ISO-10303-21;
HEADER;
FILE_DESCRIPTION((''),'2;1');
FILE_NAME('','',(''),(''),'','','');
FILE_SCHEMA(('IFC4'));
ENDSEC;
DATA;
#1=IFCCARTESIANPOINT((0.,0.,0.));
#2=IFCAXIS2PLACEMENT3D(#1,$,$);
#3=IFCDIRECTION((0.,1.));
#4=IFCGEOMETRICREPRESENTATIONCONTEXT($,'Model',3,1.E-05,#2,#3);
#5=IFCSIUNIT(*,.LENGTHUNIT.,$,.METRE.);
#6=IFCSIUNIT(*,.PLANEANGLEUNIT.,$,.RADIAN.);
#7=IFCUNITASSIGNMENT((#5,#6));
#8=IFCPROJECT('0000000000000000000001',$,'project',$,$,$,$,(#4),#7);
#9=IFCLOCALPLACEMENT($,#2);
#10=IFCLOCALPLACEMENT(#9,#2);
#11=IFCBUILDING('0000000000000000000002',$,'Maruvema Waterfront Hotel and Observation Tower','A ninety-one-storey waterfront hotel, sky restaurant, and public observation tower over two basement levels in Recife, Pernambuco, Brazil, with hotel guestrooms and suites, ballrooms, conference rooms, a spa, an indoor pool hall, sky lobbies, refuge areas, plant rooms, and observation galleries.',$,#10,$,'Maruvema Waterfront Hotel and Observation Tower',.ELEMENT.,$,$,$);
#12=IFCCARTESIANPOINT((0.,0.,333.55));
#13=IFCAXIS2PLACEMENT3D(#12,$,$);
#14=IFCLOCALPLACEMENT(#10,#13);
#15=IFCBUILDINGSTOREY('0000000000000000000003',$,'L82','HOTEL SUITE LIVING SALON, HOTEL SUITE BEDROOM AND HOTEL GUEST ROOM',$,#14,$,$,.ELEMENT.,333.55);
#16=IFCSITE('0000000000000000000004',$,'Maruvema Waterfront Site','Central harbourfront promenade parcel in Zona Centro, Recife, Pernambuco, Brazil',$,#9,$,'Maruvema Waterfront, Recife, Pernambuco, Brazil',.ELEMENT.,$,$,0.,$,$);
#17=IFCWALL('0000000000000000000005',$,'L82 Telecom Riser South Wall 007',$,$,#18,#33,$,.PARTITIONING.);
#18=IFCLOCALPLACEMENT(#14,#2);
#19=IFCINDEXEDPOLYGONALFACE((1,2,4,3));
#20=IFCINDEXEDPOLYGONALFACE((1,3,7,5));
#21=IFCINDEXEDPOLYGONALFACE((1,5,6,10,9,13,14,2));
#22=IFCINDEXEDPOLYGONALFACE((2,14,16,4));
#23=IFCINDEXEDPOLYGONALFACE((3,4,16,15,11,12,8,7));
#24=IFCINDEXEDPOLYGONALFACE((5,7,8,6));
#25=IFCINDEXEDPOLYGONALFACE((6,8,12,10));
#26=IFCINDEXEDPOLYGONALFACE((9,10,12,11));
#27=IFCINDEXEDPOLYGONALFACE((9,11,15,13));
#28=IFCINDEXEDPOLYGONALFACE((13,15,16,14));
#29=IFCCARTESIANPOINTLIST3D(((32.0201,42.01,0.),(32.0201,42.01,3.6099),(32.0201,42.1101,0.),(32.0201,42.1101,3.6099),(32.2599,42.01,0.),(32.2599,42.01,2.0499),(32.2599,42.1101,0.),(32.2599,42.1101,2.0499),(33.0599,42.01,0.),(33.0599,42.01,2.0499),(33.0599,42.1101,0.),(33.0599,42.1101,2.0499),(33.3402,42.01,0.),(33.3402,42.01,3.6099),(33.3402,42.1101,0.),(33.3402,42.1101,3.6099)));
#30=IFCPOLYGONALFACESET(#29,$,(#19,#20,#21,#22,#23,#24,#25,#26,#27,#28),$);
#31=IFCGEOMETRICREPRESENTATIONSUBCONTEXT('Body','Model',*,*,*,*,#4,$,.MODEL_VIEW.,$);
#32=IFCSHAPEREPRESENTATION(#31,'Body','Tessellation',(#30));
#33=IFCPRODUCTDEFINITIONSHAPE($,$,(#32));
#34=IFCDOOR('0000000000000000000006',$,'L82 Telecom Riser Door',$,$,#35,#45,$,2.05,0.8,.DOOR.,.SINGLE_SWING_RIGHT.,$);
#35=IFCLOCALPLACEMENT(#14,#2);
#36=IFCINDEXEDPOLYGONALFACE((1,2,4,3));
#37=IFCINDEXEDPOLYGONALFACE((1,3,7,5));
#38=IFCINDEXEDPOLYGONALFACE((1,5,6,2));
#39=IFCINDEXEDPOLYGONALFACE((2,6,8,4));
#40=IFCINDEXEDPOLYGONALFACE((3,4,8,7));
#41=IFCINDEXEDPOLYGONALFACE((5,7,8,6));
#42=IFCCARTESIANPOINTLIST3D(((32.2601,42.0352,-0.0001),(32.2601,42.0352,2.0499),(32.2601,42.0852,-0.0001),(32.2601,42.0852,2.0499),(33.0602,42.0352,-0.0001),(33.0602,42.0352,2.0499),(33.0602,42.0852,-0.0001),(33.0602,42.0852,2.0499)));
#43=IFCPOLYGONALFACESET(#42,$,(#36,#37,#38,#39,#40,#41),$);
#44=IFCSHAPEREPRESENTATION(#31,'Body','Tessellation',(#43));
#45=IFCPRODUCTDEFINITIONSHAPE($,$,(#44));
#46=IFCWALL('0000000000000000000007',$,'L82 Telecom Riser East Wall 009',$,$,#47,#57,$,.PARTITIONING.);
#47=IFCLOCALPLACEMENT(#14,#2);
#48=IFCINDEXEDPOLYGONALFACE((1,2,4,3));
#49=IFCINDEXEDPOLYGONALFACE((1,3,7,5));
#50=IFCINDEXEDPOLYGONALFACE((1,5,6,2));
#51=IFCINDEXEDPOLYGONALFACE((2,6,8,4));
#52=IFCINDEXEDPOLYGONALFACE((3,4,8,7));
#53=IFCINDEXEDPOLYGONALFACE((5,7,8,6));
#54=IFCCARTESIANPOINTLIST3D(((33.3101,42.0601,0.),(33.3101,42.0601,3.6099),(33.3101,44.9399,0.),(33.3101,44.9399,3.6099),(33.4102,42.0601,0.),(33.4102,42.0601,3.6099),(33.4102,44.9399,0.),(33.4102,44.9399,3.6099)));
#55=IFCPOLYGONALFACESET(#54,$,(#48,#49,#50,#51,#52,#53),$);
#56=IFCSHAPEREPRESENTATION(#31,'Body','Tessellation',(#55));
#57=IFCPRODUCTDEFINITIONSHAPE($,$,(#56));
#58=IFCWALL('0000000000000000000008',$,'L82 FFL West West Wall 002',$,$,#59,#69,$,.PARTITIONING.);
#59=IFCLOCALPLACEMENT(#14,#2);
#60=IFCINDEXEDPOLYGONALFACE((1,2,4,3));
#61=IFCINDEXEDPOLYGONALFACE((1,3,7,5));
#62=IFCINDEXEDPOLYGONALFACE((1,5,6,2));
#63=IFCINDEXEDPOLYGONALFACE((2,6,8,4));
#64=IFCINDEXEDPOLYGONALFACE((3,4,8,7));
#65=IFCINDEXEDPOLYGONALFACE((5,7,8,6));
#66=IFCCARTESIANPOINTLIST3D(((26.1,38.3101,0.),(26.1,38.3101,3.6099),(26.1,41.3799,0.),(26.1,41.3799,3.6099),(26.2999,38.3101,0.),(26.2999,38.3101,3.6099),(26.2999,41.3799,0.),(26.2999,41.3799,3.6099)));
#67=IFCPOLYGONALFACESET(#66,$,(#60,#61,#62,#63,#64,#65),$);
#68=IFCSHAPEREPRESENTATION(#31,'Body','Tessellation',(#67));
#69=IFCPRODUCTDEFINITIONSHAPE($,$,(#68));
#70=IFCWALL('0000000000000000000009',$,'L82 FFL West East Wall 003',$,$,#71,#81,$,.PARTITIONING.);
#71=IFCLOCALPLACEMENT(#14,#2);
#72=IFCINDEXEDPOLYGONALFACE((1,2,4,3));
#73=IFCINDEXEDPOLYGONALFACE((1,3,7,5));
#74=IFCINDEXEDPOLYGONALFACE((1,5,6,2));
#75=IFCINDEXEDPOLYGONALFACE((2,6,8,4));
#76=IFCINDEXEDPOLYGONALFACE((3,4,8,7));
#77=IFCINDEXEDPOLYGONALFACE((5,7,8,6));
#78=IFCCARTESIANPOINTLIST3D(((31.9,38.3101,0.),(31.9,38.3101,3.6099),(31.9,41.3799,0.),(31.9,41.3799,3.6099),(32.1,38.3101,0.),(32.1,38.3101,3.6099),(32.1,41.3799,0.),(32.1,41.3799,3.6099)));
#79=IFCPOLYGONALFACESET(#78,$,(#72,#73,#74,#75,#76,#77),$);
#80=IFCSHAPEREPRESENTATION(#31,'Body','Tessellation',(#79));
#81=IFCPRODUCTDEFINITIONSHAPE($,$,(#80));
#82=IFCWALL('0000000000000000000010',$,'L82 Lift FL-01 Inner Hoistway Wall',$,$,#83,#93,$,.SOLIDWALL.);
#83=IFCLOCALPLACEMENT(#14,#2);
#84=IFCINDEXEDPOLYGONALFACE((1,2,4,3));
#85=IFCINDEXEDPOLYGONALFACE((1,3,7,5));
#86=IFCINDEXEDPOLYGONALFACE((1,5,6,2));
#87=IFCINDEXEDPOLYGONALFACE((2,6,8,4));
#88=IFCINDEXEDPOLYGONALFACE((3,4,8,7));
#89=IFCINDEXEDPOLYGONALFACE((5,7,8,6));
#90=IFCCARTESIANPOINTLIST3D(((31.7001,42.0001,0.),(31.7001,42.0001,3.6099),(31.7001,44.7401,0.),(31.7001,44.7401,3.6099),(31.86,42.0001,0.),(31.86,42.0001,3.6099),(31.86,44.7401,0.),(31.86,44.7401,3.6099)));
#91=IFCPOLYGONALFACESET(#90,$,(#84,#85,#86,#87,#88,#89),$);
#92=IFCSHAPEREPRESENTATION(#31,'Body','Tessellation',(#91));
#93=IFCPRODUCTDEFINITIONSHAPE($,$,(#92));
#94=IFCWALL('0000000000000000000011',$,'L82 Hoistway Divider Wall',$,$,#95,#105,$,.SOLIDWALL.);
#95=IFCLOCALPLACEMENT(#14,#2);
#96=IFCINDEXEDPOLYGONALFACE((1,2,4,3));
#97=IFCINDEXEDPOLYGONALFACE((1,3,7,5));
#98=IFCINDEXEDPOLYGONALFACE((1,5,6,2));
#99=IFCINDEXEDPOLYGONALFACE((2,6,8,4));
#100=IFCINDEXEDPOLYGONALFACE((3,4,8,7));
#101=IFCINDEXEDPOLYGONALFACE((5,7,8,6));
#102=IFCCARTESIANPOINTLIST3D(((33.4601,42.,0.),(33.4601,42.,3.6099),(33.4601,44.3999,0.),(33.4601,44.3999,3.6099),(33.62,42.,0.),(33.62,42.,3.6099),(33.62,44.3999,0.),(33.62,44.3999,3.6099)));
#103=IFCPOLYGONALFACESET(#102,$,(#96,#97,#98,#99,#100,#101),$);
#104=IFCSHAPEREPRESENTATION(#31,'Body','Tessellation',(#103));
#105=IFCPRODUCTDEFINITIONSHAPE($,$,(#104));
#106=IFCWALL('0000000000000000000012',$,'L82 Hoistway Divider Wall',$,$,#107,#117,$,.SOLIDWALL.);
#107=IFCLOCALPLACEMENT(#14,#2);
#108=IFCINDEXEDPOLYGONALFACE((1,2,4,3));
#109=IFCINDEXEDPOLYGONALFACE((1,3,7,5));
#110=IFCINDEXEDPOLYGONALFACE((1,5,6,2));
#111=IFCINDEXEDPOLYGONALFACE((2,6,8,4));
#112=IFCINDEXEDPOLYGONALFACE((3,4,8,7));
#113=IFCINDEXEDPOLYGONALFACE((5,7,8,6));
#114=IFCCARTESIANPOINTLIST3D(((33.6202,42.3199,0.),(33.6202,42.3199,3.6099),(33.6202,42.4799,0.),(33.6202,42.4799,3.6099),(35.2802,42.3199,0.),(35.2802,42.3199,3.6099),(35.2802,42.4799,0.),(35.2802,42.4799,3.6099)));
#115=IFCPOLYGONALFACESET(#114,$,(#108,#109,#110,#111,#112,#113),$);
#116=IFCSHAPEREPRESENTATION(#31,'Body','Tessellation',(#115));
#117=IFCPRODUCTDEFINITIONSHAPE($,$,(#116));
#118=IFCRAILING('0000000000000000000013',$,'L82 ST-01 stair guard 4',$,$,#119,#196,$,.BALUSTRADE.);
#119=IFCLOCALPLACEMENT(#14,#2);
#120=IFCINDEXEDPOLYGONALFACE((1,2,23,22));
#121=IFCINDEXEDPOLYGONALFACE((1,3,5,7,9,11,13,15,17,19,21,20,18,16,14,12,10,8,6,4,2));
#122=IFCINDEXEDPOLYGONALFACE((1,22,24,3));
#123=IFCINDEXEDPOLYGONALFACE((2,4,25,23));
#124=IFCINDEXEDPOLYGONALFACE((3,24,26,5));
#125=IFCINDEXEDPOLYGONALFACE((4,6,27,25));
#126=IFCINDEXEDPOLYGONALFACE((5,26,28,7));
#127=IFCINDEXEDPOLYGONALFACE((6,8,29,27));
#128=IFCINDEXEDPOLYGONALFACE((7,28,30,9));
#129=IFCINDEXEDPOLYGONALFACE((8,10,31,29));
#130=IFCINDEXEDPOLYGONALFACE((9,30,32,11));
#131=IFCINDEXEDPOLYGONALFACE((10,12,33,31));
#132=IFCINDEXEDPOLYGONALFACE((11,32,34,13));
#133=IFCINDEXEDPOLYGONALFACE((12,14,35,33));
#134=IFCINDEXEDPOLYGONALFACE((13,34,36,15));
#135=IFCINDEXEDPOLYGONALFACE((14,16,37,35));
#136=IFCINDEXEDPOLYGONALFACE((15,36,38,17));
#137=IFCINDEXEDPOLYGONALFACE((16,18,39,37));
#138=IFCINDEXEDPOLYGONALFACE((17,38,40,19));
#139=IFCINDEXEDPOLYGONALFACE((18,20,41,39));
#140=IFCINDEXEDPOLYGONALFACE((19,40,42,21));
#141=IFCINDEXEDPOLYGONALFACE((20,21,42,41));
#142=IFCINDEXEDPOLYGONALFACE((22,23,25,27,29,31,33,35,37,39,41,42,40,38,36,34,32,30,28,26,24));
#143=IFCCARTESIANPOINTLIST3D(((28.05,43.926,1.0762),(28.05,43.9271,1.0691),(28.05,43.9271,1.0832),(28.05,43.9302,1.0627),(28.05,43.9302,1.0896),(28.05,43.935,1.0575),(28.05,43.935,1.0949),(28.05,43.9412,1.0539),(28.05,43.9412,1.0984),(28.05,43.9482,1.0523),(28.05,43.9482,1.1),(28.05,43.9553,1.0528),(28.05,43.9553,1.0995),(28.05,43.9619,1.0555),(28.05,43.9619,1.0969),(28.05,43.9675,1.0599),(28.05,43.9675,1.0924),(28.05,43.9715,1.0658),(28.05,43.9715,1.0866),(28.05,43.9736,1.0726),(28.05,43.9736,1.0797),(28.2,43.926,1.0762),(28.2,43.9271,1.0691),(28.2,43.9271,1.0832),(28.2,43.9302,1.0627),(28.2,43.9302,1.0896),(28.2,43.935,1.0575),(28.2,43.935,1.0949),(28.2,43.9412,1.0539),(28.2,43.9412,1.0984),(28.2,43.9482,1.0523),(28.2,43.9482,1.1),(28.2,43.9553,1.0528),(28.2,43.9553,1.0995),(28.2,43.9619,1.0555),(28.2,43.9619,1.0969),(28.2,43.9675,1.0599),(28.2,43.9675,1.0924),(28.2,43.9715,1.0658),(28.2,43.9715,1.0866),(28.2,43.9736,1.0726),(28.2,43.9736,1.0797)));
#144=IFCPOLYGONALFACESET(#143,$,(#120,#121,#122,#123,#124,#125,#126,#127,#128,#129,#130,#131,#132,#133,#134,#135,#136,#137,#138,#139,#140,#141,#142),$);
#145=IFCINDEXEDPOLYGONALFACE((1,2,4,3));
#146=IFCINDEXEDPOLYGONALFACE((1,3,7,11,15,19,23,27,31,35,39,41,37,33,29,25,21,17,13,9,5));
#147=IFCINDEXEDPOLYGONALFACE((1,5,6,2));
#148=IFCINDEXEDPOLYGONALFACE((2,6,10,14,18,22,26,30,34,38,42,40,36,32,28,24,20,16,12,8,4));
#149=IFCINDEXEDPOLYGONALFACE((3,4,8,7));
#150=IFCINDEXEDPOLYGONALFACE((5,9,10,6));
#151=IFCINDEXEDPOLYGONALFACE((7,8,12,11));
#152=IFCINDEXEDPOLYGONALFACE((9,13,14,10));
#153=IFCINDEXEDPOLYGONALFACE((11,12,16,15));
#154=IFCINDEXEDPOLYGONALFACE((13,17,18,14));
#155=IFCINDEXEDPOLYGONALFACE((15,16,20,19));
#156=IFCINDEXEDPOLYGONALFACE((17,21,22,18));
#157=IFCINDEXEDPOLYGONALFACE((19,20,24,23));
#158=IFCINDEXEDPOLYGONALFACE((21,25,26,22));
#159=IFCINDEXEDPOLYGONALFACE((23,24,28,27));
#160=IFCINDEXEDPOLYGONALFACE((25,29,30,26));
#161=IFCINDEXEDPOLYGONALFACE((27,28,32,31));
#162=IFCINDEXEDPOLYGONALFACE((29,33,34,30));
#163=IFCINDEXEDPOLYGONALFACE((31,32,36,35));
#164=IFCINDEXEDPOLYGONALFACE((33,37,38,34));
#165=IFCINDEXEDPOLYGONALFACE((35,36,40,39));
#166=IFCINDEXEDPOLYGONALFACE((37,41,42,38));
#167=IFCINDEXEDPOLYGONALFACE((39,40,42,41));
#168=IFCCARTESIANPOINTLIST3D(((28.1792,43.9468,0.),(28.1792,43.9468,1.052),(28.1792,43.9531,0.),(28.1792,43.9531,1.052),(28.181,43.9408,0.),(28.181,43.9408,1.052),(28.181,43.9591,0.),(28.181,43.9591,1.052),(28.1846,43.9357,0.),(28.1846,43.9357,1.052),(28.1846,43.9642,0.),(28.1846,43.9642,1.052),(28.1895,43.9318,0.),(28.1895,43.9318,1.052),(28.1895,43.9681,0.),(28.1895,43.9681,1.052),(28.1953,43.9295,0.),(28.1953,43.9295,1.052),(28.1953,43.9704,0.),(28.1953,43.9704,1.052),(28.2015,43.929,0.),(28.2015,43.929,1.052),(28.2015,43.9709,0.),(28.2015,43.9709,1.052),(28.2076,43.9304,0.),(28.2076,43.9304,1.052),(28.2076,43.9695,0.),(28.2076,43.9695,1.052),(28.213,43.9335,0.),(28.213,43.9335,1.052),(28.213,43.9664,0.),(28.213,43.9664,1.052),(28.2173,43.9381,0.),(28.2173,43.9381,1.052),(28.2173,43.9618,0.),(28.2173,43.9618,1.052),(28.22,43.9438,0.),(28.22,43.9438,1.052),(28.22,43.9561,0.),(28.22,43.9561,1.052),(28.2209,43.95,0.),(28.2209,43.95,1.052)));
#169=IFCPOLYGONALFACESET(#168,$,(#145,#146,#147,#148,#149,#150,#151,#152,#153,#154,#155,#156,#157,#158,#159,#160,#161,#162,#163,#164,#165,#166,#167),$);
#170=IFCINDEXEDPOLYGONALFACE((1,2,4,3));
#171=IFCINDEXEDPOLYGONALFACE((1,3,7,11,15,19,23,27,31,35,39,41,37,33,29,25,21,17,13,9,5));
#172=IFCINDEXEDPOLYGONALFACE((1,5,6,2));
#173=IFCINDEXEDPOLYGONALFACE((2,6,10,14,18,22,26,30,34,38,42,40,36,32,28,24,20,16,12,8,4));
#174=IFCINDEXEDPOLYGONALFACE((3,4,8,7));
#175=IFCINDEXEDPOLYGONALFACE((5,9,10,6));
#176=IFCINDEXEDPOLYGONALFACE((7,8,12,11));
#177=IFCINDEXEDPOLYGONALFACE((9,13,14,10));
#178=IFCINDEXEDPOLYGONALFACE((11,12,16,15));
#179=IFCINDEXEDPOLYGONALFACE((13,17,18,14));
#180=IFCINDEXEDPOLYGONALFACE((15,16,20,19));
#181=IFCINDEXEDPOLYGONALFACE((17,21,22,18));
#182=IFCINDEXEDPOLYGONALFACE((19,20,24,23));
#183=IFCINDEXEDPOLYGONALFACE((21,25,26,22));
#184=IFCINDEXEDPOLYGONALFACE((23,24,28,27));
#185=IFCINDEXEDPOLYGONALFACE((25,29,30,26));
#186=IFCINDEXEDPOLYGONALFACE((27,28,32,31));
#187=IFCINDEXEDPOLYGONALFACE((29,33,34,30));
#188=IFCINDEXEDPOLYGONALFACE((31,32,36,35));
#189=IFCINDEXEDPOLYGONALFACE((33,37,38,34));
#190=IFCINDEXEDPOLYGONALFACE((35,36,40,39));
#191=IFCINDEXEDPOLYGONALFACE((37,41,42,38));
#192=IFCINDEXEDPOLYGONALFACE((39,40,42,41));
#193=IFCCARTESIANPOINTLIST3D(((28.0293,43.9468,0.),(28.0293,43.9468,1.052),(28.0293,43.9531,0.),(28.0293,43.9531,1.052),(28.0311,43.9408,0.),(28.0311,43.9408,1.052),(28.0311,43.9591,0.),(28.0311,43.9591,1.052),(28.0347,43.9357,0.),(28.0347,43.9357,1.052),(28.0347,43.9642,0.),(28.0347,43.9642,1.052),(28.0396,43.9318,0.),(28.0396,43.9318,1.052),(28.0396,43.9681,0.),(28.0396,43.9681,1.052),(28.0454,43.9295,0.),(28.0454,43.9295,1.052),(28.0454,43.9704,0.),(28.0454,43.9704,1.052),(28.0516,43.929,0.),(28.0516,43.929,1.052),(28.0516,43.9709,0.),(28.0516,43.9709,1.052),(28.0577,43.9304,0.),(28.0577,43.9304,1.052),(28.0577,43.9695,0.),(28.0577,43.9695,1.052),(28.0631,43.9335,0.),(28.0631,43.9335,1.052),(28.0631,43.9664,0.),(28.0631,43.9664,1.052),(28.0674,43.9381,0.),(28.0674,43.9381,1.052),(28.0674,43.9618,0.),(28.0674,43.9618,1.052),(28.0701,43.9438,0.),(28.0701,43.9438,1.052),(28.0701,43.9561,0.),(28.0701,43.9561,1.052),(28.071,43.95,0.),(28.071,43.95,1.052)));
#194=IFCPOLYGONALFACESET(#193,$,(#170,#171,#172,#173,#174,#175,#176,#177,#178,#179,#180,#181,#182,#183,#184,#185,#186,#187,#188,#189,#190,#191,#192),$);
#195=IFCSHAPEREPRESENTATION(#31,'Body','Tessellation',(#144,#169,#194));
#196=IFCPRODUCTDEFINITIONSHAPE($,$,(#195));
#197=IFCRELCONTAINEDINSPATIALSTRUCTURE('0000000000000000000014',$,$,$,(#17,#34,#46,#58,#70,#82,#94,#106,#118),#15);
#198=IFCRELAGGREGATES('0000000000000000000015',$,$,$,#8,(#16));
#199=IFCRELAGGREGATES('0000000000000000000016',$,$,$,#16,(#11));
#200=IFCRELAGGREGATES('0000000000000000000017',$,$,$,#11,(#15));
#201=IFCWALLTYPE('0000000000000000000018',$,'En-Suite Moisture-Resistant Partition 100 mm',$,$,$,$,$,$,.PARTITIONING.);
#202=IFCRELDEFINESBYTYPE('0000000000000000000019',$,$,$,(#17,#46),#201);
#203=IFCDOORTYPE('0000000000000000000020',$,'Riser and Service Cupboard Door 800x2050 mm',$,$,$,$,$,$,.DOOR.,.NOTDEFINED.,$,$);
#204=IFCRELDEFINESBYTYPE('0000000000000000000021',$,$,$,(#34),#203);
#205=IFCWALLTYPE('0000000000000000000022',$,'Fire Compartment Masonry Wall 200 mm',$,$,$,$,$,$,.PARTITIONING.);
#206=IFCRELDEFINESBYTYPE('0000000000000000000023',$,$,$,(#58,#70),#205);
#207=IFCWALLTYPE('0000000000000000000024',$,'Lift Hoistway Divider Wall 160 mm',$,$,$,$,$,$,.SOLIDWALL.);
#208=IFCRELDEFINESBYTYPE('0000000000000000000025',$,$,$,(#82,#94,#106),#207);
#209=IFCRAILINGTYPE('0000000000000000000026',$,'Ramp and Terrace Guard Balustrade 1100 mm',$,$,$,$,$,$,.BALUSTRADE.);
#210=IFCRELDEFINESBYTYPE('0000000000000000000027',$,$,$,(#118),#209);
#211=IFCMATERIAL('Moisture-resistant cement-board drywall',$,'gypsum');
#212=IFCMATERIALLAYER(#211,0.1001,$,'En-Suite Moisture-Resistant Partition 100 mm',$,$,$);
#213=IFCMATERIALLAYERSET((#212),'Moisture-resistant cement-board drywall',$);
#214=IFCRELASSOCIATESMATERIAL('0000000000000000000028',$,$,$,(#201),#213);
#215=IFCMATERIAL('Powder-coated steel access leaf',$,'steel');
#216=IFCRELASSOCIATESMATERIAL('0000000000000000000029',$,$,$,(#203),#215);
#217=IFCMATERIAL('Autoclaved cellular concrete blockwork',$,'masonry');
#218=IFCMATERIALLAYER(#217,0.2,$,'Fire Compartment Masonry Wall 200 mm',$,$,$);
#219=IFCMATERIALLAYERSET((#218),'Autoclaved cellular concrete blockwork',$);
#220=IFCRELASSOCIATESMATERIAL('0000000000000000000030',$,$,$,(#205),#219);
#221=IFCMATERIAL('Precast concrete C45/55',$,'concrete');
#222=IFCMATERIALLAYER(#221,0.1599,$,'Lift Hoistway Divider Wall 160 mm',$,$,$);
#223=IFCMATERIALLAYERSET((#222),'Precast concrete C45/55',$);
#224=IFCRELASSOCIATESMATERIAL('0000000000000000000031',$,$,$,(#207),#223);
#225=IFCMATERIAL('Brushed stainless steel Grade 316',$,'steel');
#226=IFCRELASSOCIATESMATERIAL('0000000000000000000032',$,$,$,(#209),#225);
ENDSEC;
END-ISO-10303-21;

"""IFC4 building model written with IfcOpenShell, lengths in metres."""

from ifc_helpers import new_model, si_unit, direction, frame, frame_2d, origin, origin_2d, place, context, subcontext, project, spatial, rectangle, circle, extrude, material, layer, layer_set, type_object, element, fill, save


model = new_model("IFC4")

# Units and contexts
model_context = context("Model", 3, precision=1e-05, world=origin(), true_north=direction((0.0, 1.0)))
body_context = subcontext(model_context, "Body", "Model", "MODEL_VIEW")
ifc_project = project(units=[si_unit("LENGTHUNIT", "METRE"), si_unit("PLANEANGLEUNIT", "RADIAN")], contexts=[model_context])

# Site, building, storey
site_placement = place(None, origin())
site = spatial("IfcSite", under=ifc_project, at=site_placement, Name="Maruvema Waterfront Site", Description="Central harbourfront promenade parcel in Zona Centro, Recife, Pernambuco, Brazil", LongName="Maruvema Waterfront, Recife, Pernambuco, Brazil", CompositionType="ELEMENT", RefElevation=0.0)
building_placement = place(site_placement, origin())
building = spatial("IfcBuilding", under=site, at=building_placement, Name="Maruvema Waterfront Hotel and Observation Tower", Description="A ninety-one-storey waterfront hotel, sky restaurant, and public observation tower over two basement levels in Recife, Pernambuco, Brazil, with hotel guestrooms and suites, ballrooms, conference rooms, a spa, an indoor pool hall, sky lobbies, refuge areas, plant rooms, and observation galleries.", LongName="Maruvema Waterfront Hotel and Observation Tower", CompositionType="ELEMENT")
storey_placement = place(building_placement, frame((0.0, 0.0, 333.55)))
storey = spatial("IfcBuildingStorey", under=building, at=storey_placement, Name="L82", Description="HOTEL SUITE LIVING SALON, HOTEL SUITE BEDROOM AND HOTEL GUEST ROOM", CompositionType="ELEMENT", Elevation=333.55)

# Wall, opening, door
ifc_material_1 = material(Name="Moisture-resistant cement-board drywall", Category="gypsum")
ifc_layer_1 = layer(ifc_material_1, 0.1001, Name="En-Suite Moisture-Resistant Partition 100 mm")
ifc_layer_set_1 = layer_set([ifc_layer_1], Name="Moisture-resistant cement-board drywall")
wall_type_1 = type_object("IfcWallType", Name="En-Suite Moisture-Resistant Partition 100 mm", PredefinedType="PARTITIONING", material=ifc_layer_set_1)
wall_1_placement = place(storey_placement, frame((32.02, 42.0601, 0.0), z_axis=(0.0, 0.0, 1.0), x_axis=(1.0, 0.0, 0.0)))
wall_1 = element("IfcWall", 1, at=wall_1_placement, inside=storey, type_object=wall_type_1, Name="L82 Telecom Riser South Wall 007", PredefinedType="PARTITIONING", context=body_context, shape_type="SweptSolid", body=[
    extrude(rectangle(XDim=1.3201, YDim=0.1001, at=frame_2d((0.6602, 0.0))), origin(), (0.0, 0.0, 1.0), 3.6099),
])
opening_1_placement = place(wall_1_placement, frame((0.24, 0.0, 0.0)))
opening_1 = element("IfcOpeningElement", 2, at=opening_1_placement, cuts=wall_1, PredefinedType="OPENING", context=body_context, shape_type="SweptSolid", body=[
    extrude(rectangle(XDim=0.8, YDim=2.05, at=frame_2d((0.3999, 1.0249))), frame((0.0, 0.0601, 0.0), z_axis=(0.0, -1.0, 0.0), x_axis=(1.0, 0.0, 0.0)), (0.0, 0.0, 1.0), 0.1201),
])
ifc_material_2 = material(Name="Powder-coated steel access leaf", Category="steel")
door_type_1 = type_object("IfcDoorType", Name="Riser and Service Cupboard Door 800x2050 mm", OperationType="NOTDEFINED", PredefinedType="DOOR", material=ifc_material_2)
door_1_placement = place(opening_1_placement, frame((0.8, 0.0, 0.0), z_axis=(0.0, 0.0, 1.0), x_axis=(-1.0, 0.0, 0.0)))
door_1 = element("IfcDoor", 3, at=door_1_placement, inside=storey, type_object=door_type_1, Name="L82 Telecom Riser Door", OperationType="SINGLE_SWING_RIGHT", OverallHeight=2.05, OverallWidth=0.8, PredefinedType="DOOR", context=body_context, shape_type="SweptSolid", body=[
    extrude(rectangle(XDim=0.8, YDim=2.05, at=frame_2d((0.3999, 1.0249))), frame((0.0, 0.0249, 0.0), z_axis=(0.0, -1.0, 0.0), x_axis=(1.0, 0.0, 0.0)), (0.0, 0.0, 1.0), 0.05),
])
fill(opening_1, door_1)

# Wall
wall_2_placement = place(storey_placement, frame((33.3601, 42.0601, 0.0), z_axis=(0.0, 0.0, 1.0), x_axis=(0.0, 1.0, 0.0)))
element("IfcWall", 4, at=wall_2_placement, inside=storey, type_object=wall_type_1, Name="L82 Telecom Riser East Wall 009", PredefinedType="PARTITIONING", context=body_context, shape_type="SweptSolid", body=[
    extrude(rectangle(XDim=2.8799, YDim=0.1001, at=frame_2d((1.4399, 0.0))), origin(), (0.0, 0.0, 1.0), 3.6099),
])

# Shared definitions
ifc_material_3 = material(Name="Autoclaved cellular concrete blockwork", Category="masonry")
ifc_layer_2 = layer(ifc_material_3, 0.2, Name="Fire Compartment Masonry Wall 200 mm")
ifc_layer_set_2 = layer_set([ifc_layer_2], Name="Autoclaved cellular concrete blockwork")
wall_type_2 = type_object("IfcWallType", Name="Fire Compartment Masonry Wall 200 mm", PredefinedType="PARTITIONING", material=ifc_layer_set_2)

# Walls
for number, where, z_axis, x_axis, name in (
    (5, (26.2, 38.3101, 0.0), (0.0, 0.0, 1.0), (0.0, 1.0, 0.0), "L82 FFL West West Wall 002"),
    (6, (32.0, 38.3101, 0.0), (0.0, 0.0, 1.0), (0.0, 1.0, 0.0), "L82 FFL West East Wall 003"),
):
    element("IfcWall", number, at=place(storey_placement, frame(where, z_axis=z_axis, x_axis=x_axis)), inside=storey, type_object=wall_type_2, Name=name, PredefinedType="PARTITIONING", context=body_context, shape_type="SweptSolid", body=[
        extrude(rectangle(XDim=3.0698, YDim=0.2, at=frame_2d((1.5349, 0.0))), origin(), (0.0, 0.0, 1.0), 3.6099),
    ])
ifc_material_4 = material(Name="Precast concrete C45/55", Category="concrete")
ifc_layer_3 = layer(ifc_material_4, 0.1599, Name="Lift Hoistway Divider Wall 160 mm")
ifc_layer_set_3 = layer_set([ifc_layer_3], Name="Precast concrete C45/55")
wall_type_3 = type_object("IfcWallType", Name="Lift Hoistway Divider Wall 160 mm", PredefinedType="SOLIDWALL", material=ifc_layer_set_3)
wall_3_placement = place(storey_placement, frame((31.78, 42.0, 0.0), z_axis=(0.0, 0.0, 1.0), x_axis=(0.0, 1.0, 0.0)))
element("IfcWall", 7, at=wall_3_placement, inside=storey, type_object=wall_type_3, Name="L82 Lift FL-01 Inner Hoistway Wall", PredefinedType="SOLIDWALL", context=body_context, shape_type="SweptSolid", body=[
    extrude(rectangle(XDim=2.74, YDim=0.1599, at=frame_2d((1.3701, 0.0))), origin(), (0.0, 0.0, 1.0), 3.6099),
])
wall_4_placement = place(storey_placement, frame((33.54, 42.0, 0.0), z_axis=(0.0, 0.0, 1.0), x_axis=(0.0, 1.0, 0.0)))
element("IfcWall", 8, at=wall_4_placement, inside=storey, type_object=wall_type_3, Name="L82 Hoistway Divider Wall", PredefinedType="SOLIDWALL", context=body_context, shape_type="SweptSolid", body=[
    extrude(rectangle(XDim=2.3999, YDim=0.1599, at=frame_2d((1.2, 0.0))), origin(), (0.0, 0.0, 1.0), 3.6099),
])
wall_5_placement = place(storey_placement, frame((33.6201, 42.3999, 0.0), z_axis=(0.0, 0.0, 1.0), x_axis=(1.0, 0.0, 0.0)))
element("IfcWall", 9, at=wall_5_placement, inside=storey, type_object=wall_type_3, Name="L82 Hoistway Divider Wall", PredefinedType="SOLIDWALL", context=body_context, shape_type="SweptSolid", body=[
    extrude(rectangle(XDim=1.6599, YDim=0.1599, at=frame_2d((0.8301, 0.0))), origin(), (0.0, 0.0, 1.0), 3.6099),
])

# Railing
ifc_material_5 = material(Name="Brushed stainless steel Grade 316", Category="steel")
railing_type = type_object("IfcRailingType", Name="Ramp and Terrace Guard Balustrade 1100 mm", PredefinedType="BALUSTRADE", material=ifc_material_5)
railing_placement = place(storey_placement, frame((28.2, 43.95, 0.0)))
element("IfcRailing", 10, at=railing_placement, inside=storey, type_object=railing_type, Name="L82 ST-01 stair guard 4", PredefinedType="BALUSTRADE", context=body_context, shape_type="SweptSolid", body=[
    extrude(circle(Radius=0.0239, at=origin_2d()), frame((0.0, 0.0, 1.0762), z_axis=(-1.0, 0.0, 0.0), x_axis=(0.0, -1.0, 0.0)), (0.0, 0.0, 1.0), 0.1499),
    extrude(circle(Radius=0.021, at=origin_2d()), origin(), (0.0, 0.0, 1.0), 1.052),
    extrude(circle(Radius=0.021, at=origin_2d()), frame((-0.1499, 0.0, 0.0)), (0.0, 0.0, 1.0), 1.052),
])

save(model, "model.ifc")
